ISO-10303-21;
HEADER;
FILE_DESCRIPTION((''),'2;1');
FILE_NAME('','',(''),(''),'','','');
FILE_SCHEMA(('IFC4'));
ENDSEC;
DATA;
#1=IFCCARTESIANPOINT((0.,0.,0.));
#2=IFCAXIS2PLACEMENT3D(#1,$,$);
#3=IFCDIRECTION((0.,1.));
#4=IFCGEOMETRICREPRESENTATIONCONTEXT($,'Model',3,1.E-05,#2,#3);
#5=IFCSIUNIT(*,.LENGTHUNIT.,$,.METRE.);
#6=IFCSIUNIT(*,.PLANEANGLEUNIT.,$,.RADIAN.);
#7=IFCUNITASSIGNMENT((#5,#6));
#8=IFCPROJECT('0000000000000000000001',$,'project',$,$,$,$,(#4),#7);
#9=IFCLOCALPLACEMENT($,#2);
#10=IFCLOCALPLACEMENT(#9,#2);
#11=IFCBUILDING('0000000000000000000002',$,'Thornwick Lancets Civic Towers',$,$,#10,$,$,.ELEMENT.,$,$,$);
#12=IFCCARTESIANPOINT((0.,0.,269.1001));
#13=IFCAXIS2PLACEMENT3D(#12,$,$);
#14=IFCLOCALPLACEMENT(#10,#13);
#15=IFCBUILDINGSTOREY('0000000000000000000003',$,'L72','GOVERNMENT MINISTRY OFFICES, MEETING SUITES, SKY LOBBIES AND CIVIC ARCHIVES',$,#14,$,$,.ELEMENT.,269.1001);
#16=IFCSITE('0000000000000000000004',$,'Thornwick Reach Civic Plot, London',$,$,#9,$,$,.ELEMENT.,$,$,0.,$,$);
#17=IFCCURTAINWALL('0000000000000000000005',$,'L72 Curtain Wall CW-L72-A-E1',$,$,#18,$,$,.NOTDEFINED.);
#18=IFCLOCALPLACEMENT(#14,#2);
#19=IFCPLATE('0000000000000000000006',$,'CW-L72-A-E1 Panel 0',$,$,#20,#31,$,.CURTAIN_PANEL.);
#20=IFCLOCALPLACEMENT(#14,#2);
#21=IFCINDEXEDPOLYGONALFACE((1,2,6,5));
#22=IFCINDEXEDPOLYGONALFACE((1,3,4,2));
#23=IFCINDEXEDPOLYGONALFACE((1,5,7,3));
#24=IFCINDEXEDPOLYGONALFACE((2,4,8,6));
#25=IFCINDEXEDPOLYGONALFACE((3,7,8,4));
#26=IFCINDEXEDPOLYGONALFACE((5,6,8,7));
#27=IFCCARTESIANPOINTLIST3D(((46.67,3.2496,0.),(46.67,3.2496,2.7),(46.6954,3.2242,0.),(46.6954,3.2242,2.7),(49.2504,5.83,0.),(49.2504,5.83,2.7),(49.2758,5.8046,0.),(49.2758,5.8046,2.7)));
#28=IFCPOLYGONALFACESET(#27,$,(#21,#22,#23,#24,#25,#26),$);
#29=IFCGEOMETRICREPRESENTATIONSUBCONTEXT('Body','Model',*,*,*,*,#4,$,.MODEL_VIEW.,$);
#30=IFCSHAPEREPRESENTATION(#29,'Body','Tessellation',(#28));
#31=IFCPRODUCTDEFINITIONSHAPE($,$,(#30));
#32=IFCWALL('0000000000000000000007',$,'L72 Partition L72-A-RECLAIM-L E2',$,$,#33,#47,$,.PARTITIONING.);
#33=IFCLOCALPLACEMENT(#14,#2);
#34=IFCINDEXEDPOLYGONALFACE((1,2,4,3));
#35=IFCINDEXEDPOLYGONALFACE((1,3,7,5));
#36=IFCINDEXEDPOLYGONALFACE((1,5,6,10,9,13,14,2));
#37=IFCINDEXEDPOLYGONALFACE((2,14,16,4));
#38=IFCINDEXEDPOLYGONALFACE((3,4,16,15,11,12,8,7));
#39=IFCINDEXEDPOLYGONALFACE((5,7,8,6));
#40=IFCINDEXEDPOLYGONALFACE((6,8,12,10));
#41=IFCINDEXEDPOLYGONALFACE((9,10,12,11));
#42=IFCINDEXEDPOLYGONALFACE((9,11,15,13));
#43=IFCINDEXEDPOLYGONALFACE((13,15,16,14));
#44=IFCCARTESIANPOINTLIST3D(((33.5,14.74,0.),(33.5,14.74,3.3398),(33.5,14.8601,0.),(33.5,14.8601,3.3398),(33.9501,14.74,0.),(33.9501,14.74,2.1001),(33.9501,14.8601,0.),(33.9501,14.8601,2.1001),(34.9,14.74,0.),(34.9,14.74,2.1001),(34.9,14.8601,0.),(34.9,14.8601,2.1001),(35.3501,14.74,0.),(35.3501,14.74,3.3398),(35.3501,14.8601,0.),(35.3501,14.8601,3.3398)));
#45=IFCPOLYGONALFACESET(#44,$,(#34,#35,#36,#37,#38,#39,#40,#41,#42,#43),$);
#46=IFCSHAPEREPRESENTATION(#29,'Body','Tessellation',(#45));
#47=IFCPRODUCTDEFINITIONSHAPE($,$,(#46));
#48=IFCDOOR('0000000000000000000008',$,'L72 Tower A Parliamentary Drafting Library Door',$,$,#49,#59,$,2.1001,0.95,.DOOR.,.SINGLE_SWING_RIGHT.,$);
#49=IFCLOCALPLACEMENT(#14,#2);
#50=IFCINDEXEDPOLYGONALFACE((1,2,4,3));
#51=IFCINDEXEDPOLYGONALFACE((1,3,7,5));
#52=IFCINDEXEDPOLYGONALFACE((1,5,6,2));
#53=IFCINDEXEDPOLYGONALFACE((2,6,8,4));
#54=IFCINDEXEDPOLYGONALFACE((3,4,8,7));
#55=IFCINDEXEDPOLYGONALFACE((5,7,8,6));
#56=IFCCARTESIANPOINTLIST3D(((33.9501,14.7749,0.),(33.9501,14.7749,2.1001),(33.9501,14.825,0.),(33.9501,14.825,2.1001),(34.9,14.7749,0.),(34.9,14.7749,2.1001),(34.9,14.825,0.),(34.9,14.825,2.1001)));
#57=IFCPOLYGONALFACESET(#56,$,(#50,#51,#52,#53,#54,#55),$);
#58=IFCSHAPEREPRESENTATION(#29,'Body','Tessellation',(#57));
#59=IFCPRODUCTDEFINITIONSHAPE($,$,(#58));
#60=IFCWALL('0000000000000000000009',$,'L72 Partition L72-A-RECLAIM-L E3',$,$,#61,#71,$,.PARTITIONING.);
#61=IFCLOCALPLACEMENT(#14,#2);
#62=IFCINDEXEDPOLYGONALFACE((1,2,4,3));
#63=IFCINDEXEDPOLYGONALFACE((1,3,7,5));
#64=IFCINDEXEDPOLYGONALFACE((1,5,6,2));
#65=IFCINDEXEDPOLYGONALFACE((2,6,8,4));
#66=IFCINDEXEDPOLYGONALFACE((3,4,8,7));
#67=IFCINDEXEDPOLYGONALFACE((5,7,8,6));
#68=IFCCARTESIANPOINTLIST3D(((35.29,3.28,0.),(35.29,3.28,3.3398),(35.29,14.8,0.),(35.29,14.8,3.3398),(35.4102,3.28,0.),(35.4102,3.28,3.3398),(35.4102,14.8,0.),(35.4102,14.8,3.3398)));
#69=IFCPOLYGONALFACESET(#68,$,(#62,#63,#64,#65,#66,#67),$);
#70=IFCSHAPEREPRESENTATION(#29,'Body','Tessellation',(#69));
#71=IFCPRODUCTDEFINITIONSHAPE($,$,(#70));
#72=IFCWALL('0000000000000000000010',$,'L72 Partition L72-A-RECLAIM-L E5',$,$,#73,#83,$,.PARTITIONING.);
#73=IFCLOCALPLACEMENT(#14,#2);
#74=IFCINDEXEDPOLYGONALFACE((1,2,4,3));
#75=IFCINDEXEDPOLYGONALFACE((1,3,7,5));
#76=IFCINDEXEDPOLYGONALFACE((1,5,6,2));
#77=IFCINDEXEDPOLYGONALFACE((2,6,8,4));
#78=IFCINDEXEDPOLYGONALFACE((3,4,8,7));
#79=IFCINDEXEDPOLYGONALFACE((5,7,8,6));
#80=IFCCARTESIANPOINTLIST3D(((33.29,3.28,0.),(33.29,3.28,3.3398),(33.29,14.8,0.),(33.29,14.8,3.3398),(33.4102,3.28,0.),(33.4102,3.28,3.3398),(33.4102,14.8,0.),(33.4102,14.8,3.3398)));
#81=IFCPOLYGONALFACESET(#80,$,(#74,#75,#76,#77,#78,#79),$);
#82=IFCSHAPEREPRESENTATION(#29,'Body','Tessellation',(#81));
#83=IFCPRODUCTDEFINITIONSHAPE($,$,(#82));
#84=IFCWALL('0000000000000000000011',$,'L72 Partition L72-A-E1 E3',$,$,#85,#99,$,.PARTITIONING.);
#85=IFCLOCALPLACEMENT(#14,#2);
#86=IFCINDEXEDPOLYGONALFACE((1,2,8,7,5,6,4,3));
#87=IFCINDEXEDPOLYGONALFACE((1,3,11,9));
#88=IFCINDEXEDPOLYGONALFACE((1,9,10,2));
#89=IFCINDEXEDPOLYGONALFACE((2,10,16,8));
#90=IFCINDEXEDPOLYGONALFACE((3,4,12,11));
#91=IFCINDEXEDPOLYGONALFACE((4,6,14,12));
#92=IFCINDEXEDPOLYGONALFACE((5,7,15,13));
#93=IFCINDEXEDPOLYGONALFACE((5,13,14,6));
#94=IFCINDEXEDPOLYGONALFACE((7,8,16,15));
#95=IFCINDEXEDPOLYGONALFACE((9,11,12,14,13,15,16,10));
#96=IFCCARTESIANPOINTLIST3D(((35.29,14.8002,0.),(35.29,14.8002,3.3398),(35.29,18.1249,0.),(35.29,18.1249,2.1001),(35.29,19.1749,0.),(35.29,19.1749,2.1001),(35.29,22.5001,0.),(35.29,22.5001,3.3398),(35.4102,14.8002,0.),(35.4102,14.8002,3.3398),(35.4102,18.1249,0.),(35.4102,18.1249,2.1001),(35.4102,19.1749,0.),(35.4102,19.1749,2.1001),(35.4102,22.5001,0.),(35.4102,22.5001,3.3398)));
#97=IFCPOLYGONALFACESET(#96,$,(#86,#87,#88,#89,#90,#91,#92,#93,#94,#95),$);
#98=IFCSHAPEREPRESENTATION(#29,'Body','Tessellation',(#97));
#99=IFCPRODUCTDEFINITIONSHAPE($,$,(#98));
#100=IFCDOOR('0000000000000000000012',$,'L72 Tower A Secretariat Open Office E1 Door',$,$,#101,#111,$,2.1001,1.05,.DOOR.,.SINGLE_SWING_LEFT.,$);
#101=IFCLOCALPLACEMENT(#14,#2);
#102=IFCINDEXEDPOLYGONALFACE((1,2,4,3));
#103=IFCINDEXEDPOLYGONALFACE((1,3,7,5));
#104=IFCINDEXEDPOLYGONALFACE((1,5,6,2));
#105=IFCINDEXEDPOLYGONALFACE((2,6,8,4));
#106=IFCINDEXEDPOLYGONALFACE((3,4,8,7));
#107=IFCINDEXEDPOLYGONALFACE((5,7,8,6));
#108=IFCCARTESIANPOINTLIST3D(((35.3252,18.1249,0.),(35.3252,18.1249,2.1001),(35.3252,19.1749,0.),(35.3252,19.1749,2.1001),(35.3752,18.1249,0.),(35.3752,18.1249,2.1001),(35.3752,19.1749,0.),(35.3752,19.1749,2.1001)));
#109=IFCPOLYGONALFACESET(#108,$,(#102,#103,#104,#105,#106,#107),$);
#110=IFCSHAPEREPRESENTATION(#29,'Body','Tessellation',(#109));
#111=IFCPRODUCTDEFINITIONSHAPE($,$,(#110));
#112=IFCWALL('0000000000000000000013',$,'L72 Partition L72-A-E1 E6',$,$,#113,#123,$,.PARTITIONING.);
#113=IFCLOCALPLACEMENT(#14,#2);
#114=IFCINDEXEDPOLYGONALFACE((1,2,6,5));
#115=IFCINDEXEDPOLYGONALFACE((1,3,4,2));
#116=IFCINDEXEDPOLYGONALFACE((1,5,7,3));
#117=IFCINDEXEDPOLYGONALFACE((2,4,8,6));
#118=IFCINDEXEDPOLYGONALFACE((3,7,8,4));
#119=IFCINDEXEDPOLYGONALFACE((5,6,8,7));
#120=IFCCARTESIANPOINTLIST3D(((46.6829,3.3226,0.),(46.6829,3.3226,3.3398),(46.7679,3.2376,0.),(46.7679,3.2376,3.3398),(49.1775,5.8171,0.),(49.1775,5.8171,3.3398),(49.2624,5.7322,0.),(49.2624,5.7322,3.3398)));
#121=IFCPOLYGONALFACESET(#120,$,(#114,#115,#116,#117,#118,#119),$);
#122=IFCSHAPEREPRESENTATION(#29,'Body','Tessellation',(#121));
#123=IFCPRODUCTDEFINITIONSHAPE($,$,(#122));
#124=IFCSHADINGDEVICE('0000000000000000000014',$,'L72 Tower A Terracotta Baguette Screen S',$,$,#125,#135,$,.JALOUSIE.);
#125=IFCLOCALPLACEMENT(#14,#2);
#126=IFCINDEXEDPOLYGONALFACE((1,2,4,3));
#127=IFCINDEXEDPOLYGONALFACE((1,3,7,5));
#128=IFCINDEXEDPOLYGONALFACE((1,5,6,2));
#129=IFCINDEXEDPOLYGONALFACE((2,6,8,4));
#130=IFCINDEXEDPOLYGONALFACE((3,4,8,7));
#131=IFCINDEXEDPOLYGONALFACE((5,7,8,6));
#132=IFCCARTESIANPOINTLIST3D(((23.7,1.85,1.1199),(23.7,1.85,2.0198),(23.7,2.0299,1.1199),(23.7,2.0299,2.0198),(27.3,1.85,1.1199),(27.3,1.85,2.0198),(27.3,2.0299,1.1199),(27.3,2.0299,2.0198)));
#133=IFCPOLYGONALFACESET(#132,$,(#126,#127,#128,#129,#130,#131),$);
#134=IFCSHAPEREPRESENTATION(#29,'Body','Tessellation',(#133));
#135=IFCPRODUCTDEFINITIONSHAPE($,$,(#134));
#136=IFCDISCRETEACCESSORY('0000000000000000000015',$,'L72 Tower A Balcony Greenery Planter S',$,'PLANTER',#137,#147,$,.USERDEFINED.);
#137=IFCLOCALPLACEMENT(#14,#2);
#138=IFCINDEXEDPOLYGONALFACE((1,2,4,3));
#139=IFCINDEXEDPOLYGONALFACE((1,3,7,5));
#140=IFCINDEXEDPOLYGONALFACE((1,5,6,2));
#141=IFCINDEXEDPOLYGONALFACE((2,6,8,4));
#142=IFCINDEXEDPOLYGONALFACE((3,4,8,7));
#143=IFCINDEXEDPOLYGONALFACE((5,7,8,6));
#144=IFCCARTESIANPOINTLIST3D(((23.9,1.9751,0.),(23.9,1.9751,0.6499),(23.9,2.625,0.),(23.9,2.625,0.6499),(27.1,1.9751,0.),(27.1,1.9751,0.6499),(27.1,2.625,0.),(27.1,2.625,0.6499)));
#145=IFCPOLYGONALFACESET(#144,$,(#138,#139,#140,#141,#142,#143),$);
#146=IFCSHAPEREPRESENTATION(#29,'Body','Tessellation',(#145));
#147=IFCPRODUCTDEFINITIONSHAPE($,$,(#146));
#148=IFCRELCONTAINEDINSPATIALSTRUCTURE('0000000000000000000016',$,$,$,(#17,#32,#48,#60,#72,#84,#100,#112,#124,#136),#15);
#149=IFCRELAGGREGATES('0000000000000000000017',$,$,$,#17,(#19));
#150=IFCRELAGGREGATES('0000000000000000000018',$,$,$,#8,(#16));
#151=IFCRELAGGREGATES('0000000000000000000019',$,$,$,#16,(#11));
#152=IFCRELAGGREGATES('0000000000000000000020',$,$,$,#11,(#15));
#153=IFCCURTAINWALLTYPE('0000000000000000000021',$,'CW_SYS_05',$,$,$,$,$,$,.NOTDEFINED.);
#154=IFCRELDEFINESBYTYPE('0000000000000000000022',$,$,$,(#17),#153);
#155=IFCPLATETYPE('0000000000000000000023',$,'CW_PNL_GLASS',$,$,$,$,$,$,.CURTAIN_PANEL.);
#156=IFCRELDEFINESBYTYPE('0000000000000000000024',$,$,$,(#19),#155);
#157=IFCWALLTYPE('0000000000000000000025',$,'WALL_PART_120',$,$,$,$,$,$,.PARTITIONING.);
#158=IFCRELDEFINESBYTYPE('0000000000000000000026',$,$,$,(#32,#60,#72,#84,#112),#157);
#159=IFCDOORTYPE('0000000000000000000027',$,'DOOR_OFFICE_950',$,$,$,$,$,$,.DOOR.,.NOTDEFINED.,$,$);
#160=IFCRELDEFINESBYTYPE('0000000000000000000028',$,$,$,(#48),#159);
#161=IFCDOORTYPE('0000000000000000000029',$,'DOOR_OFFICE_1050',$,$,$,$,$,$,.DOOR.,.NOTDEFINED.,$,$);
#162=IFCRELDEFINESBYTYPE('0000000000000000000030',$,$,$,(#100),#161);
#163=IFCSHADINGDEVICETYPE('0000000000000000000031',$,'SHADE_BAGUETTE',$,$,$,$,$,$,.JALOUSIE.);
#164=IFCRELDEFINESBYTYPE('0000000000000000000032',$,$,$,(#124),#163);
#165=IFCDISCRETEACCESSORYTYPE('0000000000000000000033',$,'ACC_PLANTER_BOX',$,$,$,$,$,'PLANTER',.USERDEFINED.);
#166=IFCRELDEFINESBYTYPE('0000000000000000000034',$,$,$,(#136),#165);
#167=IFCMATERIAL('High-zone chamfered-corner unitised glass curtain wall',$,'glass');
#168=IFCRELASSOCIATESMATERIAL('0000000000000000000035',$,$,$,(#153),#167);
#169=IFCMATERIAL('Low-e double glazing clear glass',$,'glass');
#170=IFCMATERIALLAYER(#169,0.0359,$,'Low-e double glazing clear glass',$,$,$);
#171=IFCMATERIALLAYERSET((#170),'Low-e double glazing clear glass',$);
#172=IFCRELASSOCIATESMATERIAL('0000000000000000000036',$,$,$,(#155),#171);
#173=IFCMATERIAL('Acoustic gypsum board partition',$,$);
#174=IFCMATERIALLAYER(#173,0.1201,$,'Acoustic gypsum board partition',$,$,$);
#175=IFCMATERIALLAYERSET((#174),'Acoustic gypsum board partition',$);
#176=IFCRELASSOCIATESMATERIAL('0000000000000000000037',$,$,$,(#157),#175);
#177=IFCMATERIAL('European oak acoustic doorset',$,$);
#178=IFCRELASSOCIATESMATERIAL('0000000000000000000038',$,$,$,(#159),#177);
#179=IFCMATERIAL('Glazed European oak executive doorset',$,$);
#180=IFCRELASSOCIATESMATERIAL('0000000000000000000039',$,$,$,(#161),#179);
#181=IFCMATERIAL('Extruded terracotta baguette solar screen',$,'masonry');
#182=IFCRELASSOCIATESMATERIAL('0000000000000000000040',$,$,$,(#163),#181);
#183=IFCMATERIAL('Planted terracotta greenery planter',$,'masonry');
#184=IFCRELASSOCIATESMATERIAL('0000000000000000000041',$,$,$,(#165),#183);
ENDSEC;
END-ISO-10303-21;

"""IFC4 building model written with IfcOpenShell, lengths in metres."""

from ifc_helpers import new_model, si_unit, direction, frame, frame_2d, origin, origin_2d, place, context, subcontext, project, spatial, rectangle, extrude, material, layer, layer_set, type_object, element, fill, aggregate, save


model = new_model("IFC4")

# Units and contexts
model_context = context("Model", 3, precision=1e-05, world=origin(), true_north=direction((0.0, 1.0)))
body_context = subcontext(model_context, "Body", "Model", "MODEL_VIEW")
ifc_project = project(units=[si_unit("LENGTHUNIT", "METRE"), si_unit("PLANEANGLEUNIT", "RADIAN")], contexts=[model_context])

# Site, building, storey
site_placement = place(None, origin())
site = spatial("IfcSite", under=ifc_project, at=site_placement, Name="Thornwick Reach Civic Plot, London", CompositionType="ELEMENT", RefElevation=0.0)
building_placement = place(site_placement, origin())
building = spatial("IfcBuilding", under=site, at=building_placement, Name="Thornwick Lancets Civic Towers", CompositionType="ELEMENT")
storey_placement = place(building_placement, frame((0.0, 0.0, 269.1001)))
storey = spatial("IfcBuildingStorey", under=building, at=storey_placement, Name="L72", Description="GOVERNMENT MINISTRY OFFICES, MEETING SUITES, SKY LOBBIES AND CIVIC ARCHIVES", CompositionType="ELEMENT", Elevation=269.1001)

# Curtain wall, plate
ifc_material_1 = material(Name="High-zone chamfered-corner unitised glass curtain wall", Category="glass")
curtain_wall_type = type_object("IfcCurtainWallType", Name="CW_SYS_05", PredefinedType="NOTDEFINED", material=ifc_material_1)
curtain_wall_placement = place(storey_placement, origin())
curtain_wall = element("IfcCurtainWall", 1, at=curtain_wall_placement, inside=storey, type_object=curtain_wall_type, Name="L72 Curtain Wall CW-L72-A-E1", PredefinedType="NOTDEFINED")
ifc_material_2 = material(Name="Low-e double glazing clear glass", Category="glass")
ifc_layer_1 = layer(ifc_material_2, 0.0359, Name="Low-e double glazing clear glass")
ifc_layer_set_1 = layer_set([ifc_layer_1], Name="Low-e double glazing clear glass")
plate_type = type_object("IfcPlateType", Name="CW_PNL_GLASS", PredefinedType="CURTAIN_PANEL", material=ifc_layer_set_1)
plate_placement = place(storey_placement, frame((47.9729, 4.5271, 0.0), z_axis=(0.0, 0.0, 1.0), x_axis=(0.707107, 0.707107, 0.0)))
plate = element("IfcPlate", 2, at=plate_placement, type_object=plate_type, Name="CW-L72-A-E1 Panel 0", PredefinedType="CURTAIN_PANEL", context=body_context, shape_type="SweptSolid", body=[
    extrude(rectangle(XDim=3.6492, YDim=0.0359, at=origin_2d()), origin(), (0.0, 0.0, 1.0), 2.7),
])
aggregate(curtain_wall, [plate])

# Wall, opening, door
ifc_material_3 = material(Name="Acoustic gypsum board partition")
ifc_layer_2 = layer(ifc_material_3, 0.1201, Name="Acoustic gypsum board partition")
ifc_layer_set_2 = layer_set([ifc_layer_2], Name="Acoustic gypsum board partition")
wall_type = type_object("IfcWallType", Name="WALL_PART_120", PredefinedType="PARTITIONING", material=ifc_layer_set_2)
wall_1_placement = place(storey_placement, frame((33.5, 14.8, 0.0), z_axis=(0.0, 0.0, 1.0), x_axis=(1.0, 0.0, 0.0)))
wall_1 = element("IfcWall", 3, at=wall_1_placement, inside=storey, type_object=wall_type, Name="L72 Partition L72-A-RECLAIM-L E2", PredefinedType="PARTITIONING", context=body_context, shape_type="SweptSolid", body=[
    extrude(rectangle(XDim=1.8501, YDim=0.1201, at=frame_2d((0.925, 0.0))), origin(), (0.0, 0.0, 1.0), 3.3398),
])
opening_1_placement = place(wall_1_placement, frame((0.45, 0.0, 0.0)))
opening_1 = element("IfcOpeningElement", 4, at=opening_1_placement, cuts=wall_1, PredefinedType="OPENING", context=body_context, shape_type="SweptSolid", body=[
    extrude(rectangle(XDim=0.95, YDim=2.1001, at=frame_2d((0.4751, 1.05))), frame((0.0, 0.0701, 0.0), z_axis=(0.0, -1.0, 0.0), x_axis=(1.0, 0.0, 0.0)), (0.0, 0.0, 1.0), 0.1401),
])
ifc_material_4 = material(Name="European oak acoustic doorset")
door_type_1 = type_object("IfcDoorType", Name="DOOR_OFFICE_950", OperationType="NOTDEFINED", PredefinedType="DOOR", material=ifc_material_4)
door_1_placement = place(opening_1_placement, origin())
door_1 = element("IfcDoor", 5, at=door_1_placement, inside=storey, type_object=door_type_1, Name="L72 Tower A Parliamentary Drafting Library Door", OperationType="SINGLE_SWING_RIGHT", OverallHeight=2.1001, OverallWidth=0.95, PredefinedType="DOOR", context=body_context, shape_type="SweptSolid", body=[
    extrude(rectangle(XDim=0.95, YDim=2.1001, at=frame_2d((0.4751, 1.05))), frame((0.0, 0.0249, 0.0), z_axis=(0.0, -1.0, 0.0), x_axis=(1.0, 0.0, 0.0)), (0.0, 0.0, 1.0), 0.05),
])
fill(opening_1, door_1)

# Walls
for number, where, z_axis, x_axis, name in (
    (6, (35.3501, 14.8, 0.0), (0.0, 0.0, 1.0), (0.0, -1.0, 0.0), "L72 Partition L72-A-RECLAIM-L E3"),
    (7, (33.3501, 3.28, 0.0), (0.0, 0.0, 1.0), (0.0, 1.0, 0.0), "L72 Partition L72-A-RECLAIM-L E5"),
):
    element("IfcWall", number, at=place(storey_placement, frame(where, z_axis=z_axis, x_axis=x_axis)), inside=storey, type_object=wall_type, Name=name, PredefinedType="PARTITIONING", context=body_context, shape_type="SweptSolid", body=[
        extrude(rectangle(XDim=11.52, YDim=0.1201, at=frame_2d((5.76, 0.0))), origin(), (0.0, 0.0, 1.0), 3.3398),
    ])

# Wall, opening, door
wall_2_placement = place(storey_placement, frame((35.3501, 14.8, 0.0), z_axis=(0.0, 0.0, 1.0), x_axis=(0.0, 1.0, 0.0)))
wall_2 = element("IfcWall", 8, at=wall_2_placement, inside=storey, type_object=wall_type, Name="L72 Partition L72-A-E1 E3", PredefinedType="PARTITIONING", context=body_context, shape_type="SweptSolid", body=[
    extrude(rectangle(XDim=7.7, YDim=0.1201, at=frame_2d((3.8501, 0.0))), origin(), (0.0, 0.0, 1.0), 3.3398),
])
opening_2_placement = place(wall_2_placement, frame((3.325, 0.0, 0.0)))
opening_2 = element("IfcOpeningElement", 9, at=opening_2_placement, cuts=wall_2, PredefinedType="OPENING", context=body_context, shape_type="SweptSolid", body=[
    extrude(rectangle(XDim=1.05, YDim=2.1001, at=frame_2d((0.5249, 1.05))), frame((0.0, 0.0701, 0.0), z_axis=(0.0, -1.0, 0.0), x_axis=(1.0, 0.0, 0.0)), (0.0, 0.0, 1.0), 0.1401),
])
ifc_material_5 = material(Name="Glazed European oak executive doorset")
door_type_2 = type_object("IfcDoorType", Name="DOOR_OFFICE_1050", OperationType="NOTDEFINED", PredefinedType="DOOR", material=ifc_material_5)
door_2_placement = place(opening_2_placement, origin())
door_2 = element("IfcDoor", 10, at=door_2_placement, inside=storey, type_object=door_type_2, Name="L72 Tower A Secretariat Open Office E1 Door", OperationType="SINGLE_SWING_LEFT", OverallHeight=2.1001, OverallWidth=1.05, PredefinedType="DOOR", context=body_context, shape_type="SweptSolid", body=[
    extrude(rectangle(XDim=1.05, YDim=2.1001, at=frame_2d((0.5249, 1.05))), frame((0.0, 0.0249, 0.0), z_axis=(0.0, -1.0, 0.0), x_axis=(1.0, 0.0, 0.0)), (0.0, 0.0, 1.0), 0.05),
])
fill(opening_2, door_2)

# Wall
wall_3_placement = place(storey_placement, frame((49.22, 5.7747, 0.0), z_axis=(0.0, 0.0, 1.0), x_axis=(-0.707107, -0.707107, 0.0)))
element("IfcWall", 11, at=wall_3_placement, inside=storey, type_object=wall_type, Name="L72 Partition L72-A-E1 E6", PredefinedType="PARTITIONING", context=body_context, shape_type="SweptSolid", body=[
    extrude(rectangle(XDim=3.5278, YDim=0.1201, at=frame_2d((1.7639, 0.0))), origin(), (0.0, 0.0, 1.0), 3.3398),
])

# Shading device
ifc_material_6 = material(Name="Extruded terracotta baguette solar screen", Category="masonry")
shading_device_type = type_object("IfcShadingDeviceType", Name="SHADE_BAGUETTE", PredefinedType="JALOUSIE", material=ifc_material_6)
shading_device_placement = place(storey_placement, frame((25.5, 1.9399, 1.1199), z_axis=(0.0, 0.0, 1.0), x_axis=(1.0, 0.0, 0.0)))
element("IfcShadingDevice", 12, at=shading_device_placement, inside=storey, type_object=shading_device_type, Name="L72 Tower A Terracotta Baguette Screen S", PredefinedType="JALOUSIE", context=body_context, shape_type="SweptSolid", body=[
    extrude(rectangle(XDim=3.6001, YDim=0.1799, at=origin_2d()), origin(), (0.0, 0.0, 1.0), 0.8999),
])

# Discrete accessory
ifc_material_7 = material(Name="Planted terracotta greenery planter", Category="masonry")
discrete_accessory_type = type_object("IfcDiscreteAccessoryType", Name="ACC_PLANTER_BOX", ElementType="PLANTER", PredefinedType="USERDEFINED", material=ifc_material_7)
discrete_accessory_placement = place(storey_placement, frame((25.5, 2.3, 0.0), z_axis=(0.0, 0.0, 1.0), x_axis=(1.0, 0.0, 0.0)))
element("IfcDiscreteAccessory", 13, at=discrete_accessory_placement, inside=storey, type_object=discrete_accessory_type, Name="L72 Tower A Balcony Greenery Planter S", ObjectType="PLANTER", PredefinedType="USERDEFINED", context=body_context, shape_type="SweptSolid", body=[
    extrude(rectangle(XDim=3.2, YDim=0.6499, at=origin_2d()), origin(), (0.0, 0.0, 1.0), 0.6499),
])

save(model, "model.ifc")
